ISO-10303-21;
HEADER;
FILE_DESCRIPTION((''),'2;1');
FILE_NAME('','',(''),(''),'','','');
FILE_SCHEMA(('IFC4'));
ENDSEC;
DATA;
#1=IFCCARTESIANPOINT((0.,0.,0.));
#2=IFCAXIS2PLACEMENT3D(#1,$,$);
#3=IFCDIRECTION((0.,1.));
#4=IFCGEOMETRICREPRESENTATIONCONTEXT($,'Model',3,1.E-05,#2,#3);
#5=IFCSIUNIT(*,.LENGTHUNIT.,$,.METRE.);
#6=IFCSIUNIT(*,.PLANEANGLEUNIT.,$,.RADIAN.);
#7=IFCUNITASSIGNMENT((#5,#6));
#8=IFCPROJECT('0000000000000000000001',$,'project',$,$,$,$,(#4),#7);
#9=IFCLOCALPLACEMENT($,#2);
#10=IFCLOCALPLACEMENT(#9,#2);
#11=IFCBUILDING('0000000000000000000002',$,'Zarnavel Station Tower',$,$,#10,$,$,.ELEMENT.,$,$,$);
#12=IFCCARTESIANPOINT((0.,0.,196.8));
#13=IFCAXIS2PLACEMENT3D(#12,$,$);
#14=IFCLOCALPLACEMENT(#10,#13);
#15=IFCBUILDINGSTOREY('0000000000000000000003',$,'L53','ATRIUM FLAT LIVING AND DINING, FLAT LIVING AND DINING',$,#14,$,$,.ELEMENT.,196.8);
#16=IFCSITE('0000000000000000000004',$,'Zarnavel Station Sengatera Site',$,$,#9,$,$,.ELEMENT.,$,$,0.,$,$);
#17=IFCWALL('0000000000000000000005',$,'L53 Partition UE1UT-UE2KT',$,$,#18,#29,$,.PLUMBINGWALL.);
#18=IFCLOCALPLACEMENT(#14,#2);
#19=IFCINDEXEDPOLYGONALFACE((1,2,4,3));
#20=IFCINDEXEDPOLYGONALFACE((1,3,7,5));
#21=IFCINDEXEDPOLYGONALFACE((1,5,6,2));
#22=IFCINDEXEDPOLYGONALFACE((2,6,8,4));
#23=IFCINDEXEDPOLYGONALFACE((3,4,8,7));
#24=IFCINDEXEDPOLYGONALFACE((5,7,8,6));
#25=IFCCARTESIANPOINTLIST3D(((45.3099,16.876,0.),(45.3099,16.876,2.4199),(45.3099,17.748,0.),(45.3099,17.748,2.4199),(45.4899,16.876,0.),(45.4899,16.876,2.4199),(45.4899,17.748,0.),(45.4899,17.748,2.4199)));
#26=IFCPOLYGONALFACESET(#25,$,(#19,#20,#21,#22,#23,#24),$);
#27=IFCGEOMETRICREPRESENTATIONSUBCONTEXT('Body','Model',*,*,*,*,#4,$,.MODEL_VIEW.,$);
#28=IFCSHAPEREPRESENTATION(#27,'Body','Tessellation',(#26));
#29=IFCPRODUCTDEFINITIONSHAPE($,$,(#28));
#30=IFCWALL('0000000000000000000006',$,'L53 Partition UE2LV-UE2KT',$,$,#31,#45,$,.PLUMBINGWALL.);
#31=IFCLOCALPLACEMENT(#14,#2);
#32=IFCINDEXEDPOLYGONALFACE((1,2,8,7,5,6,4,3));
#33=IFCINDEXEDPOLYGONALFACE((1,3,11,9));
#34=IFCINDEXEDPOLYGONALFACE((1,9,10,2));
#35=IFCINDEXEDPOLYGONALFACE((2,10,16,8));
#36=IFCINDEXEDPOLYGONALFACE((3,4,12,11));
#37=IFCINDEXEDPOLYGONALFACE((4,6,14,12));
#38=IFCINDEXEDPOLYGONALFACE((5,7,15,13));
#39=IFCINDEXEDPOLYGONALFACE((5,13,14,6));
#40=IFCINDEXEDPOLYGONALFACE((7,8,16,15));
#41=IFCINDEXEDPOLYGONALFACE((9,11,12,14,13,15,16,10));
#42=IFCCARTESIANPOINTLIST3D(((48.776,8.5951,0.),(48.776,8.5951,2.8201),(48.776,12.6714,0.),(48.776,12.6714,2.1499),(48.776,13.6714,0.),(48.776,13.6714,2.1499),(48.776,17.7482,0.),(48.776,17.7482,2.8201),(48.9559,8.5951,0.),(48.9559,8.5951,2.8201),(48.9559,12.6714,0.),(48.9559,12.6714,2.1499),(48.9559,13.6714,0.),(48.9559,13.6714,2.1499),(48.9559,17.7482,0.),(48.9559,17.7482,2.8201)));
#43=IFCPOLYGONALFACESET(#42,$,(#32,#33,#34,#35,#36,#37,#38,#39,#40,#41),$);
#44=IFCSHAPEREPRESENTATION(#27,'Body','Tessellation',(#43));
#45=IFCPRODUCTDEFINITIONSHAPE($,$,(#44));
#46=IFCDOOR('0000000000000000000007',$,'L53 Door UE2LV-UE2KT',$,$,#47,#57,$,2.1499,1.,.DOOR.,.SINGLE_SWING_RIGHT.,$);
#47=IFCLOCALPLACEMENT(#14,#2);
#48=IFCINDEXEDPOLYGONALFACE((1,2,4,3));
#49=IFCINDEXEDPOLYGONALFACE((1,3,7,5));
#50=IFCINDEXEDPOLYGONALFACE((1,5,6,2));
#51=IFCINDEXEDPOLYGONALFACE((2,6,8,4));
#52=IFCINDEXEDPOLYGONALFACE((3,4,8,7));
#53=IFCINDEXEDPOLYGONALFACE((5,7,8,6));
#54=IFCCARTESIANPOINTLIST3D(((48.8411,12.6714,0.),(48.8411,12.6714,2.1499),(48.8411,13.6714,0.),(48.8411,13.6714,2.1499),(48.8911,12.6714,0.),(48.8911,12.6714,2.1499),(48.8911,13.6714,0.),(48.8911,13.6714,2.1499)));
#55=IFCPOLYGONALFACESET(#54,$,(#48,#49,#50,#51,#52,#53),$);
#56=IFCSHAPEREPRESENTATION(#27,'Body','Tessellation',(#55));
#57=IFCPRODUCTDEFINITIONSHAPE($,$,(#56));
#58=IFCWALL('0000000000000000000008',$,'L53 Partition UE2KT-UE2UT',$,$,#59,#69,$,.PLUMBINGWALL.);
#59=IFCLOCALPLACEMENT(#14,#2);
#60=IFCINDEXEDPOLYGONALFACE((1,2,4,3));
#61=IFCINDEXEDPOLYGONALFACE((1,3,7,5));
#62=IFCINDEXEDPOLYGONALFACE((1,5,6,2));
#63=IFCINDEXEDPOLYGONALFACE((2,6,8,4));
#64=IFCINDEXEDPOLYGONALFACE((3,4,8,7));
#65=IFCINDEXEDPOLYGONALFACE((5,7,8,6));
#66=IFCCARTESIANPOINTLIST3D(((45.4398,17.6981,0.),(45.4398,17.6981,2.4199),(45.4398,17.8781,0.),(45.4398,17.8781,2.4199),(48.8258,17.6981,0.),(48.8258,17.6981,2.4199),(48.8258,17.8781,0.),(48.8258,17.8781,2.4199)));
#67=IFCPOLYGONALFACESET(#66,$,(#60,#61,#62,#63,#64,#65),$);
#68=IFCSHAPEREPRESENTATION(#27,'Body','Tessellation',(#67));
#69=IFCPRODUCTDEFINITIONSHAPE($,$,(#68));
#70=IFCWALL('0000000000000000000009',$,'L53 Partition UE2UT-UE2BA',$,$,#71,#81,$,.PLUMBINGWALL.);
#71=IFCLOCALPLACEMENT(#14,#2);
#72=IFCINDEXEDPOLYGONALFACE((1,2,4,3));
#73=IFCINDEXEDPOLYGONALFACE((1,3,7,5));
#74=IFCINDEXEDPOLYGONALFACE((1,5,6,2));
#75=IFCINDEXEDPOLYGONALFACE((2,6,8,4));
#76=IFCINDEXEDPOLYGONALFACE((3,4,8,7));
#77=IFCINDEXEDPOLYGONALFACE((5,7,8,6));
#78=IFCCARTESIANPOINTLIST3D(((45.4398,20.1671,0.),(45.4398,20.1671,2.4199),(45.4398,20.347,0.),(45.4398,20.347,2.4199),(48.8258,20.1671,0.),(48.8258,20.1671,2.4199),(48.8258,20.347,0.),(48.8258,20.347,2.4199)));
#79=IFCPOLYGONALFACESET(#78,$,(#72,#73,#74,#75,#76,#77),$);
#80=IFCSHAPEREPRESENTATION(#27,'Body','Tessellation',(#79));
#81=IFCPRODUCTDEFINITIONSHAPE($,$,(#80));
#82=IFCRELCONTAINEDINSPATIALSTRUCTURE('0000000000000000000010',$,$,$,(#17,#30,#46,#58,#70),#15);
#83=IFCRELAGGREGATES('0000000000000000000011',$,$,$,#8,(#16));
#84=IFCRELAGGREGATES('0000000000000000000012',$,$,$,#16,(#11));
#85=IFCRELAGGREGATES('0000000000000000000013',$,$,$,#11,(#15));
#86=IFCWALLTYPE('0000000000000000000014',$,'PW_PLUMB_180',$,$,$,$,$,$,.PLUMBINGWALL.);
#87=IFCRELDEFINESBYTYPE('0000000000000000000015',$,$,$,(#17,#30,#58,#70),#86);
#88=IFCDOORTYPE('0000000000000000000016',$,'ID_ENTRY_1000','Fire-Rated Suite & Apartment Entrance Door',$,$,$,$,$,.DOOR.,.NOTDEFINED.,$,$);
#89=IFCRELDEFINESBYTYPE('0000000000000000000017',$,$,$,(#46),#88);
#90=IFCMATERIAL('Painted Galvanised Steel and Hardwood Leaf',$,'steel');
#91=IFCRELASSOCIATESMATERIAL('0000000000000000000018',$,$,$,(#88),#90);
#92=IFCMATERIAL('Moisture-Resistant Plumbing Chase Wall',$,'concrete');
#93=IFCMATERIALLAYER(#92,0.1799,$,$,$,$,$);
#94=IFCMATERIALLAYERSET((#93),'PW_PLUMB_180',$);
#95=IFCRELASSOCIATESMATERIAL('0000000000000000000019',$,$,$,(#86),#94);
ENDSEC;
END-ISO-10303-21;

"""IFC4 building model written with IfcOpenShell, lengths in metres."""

from ifc_helpers import new_model, si_unit, direction, frame, frame_2d, origin, place, context, subcontext, project, spatial, rectangle, extrude, material, layer, layer_set, type_object, element, fill, save


model = new_model("IFC4")

# Units and contexts
model_context = context("Model", 3, precision=1e-05, world=origin(), true_north=direction((0.0, 1.0)))
body_context = subcontext(model_context, "Body", "Model", "MODEL_VIEW")
ifc_project = project(units=[si_unit("LENGTHUNIT", "METRE"), si_unit("PLANEANGLEUNIT", "RADIAN")], contexts=[model_context])

# Site, building, storey
site_placement = place(None, origin())
site = spatial("IfcSite", under=ifc_project, at=site_placement, Name="Zarnavel Station Sengatera Site", CompositionType="ELEMENT", RefElevation=0.0)
building_placement = place(site_placement, origin())
building = spatial("IfcBuilding", under=site, at=building_placement, Name="Zarnavel Station Tower", CompositionType="ELEMENT")
storey_placement = place(building_placement, frame((0.0, 0.0, 196.8)))
storey = spatial("IfcBuildingStorey", under=building, at=storey_placement, Name="L53", Description="ATRIUM FLAT LIVING AND DINING, FLAT LIVING AND DINING", CompositionType="ELEMENT", Elevation=196.8)

# Shared definitions
ifc_material_1 = material(Name="Painted Galvanised Steel and Hardwood Leaf", Category="steel")
door_type_1 = type_object("IfcDoorType", Name="ID_ENTRY_1000", Description="Fire-Rated Suite & Apartment Entrance Door", OperationType="NOTDEFINED", PredefinedType="DOOR", material=ifc_material_1)

# Wall
ifc_material_2 = material(Name="Moisture-Resistant Plumbing Chase Wall", Category="concrete")
ifc_layer_1 = layer(ifc_material_2, 0.1799)
ifc_layer_set_1 = layer_set([ifc_layer_1], Name="PW_PLUMB_180")
wall_type_1 = type_object("IfcWallType", Name="PW_PLUMB_180", PredefinedType="PLUMBINGWALL", material=ifc_layer_set_1)
wall_1_placement = place(storey_placement, frame((45.3999, 16.876, 0.0), z_axis=(0.0, 0.0, 1.0), x_axis=(0.0, 1.0, 0.0)))
element("IfcWall", 1, at=wall_1_placement, inside=storey, type_object=wall_type_1, Name="L53 Partition UE1UT-UE2KT", PredefinedType="PLUMBINGWALL", context=body_context, shape_type="SweptSolid", body=[
    extrude(rectangle(XDim=0.8721, YDim=0.1799, at=frame_2d((0.436, 0.0))), origin(), (0.0, 0.0, 1.0), 2.4199),
])

# Wall, opening, door
wall_2_placement = place(storey_placement, frame((48.866, 8.595, 0.0), z_axis=(0.0, 0.0, 1.0), x_axis=(0.0, 1.0, 0.0)))
wall_2 = element("IfcWall", 2, at=wall_2_placement, inside=storey, type_object=wall_type_1, Name="L53 Partition UE2LV-UE2KT", PredefinedType="PLUMBINGWALL", context=body_context, shape_type="SweptSolid", body=[
    extrude(rectangle(XDim=9.1531, YDim=0.1799, at=frame_2d((4.5767, 0.0))), origin(), (0.0, 0.0, 1.0), 2.8201),
])
opening_1_placement = place(wall_2_placement, frame((4.0764, 0.0, 0.0)))
opening_1 = element("IfcOpeningElement", 3, at=opening_1_placement, cuts=wall_2, PredefinedType="OPENING", context=body_context, shape_type="SweptSolid", body=[
    extrude(rectangle(XDim=1.0, YDim=2.1499, at=frame_2d((0.5, 1.075))), frame((0.0, 0.0999, 0.0), z_axis=(0.0, -1.0, 0.0), x_axis=(1.0, 0.0, 0.0)), (0.0, 0.0, 1.0), 0.2),
])
door_1_placement = place(opening_1_placement, origin())
door_1 = element("IfcDoor", 4, at=door_1_placement, inside=storey, type_object=door_type_1, Name="L53 Door UE2LV-UE2KT", OperationType="SINGLE_SWING_RIGHT", OverallHeight=2.1499, OverallWidth=1.0, PredefinedType="DOOR", context=body_context, shape_type="SweptSolid", body=[
    extrude(rectangle(XDim=1.0, YDim=2.1499, at=frame_2d((0.5, 1.075))), frame((0.0, 0.0249, 0.0), z_axis=(0.0, -1.0, 0.0), x_axis=(1.0, 0.0, 0.0)), (0.0, 0.0, 1.0), 0.05),
])
fill(opening_1, door_1)

# Walls
for number, where, z_axis, x_axis, name in (
    (5, (45.4399, 17.7881, 0.0), (0.0, 0.0, 1.0), (1.0, 0.0, 0.0), "L53 Partition UE2KT-UE2UT"),
    (6, (45.4399, 20.2571, 0.0), (0.0, 0.0, 1.0), (1.0, 0.0, 0.0), "L53 Partition UE2UT-UE2BA"),
):
    element("IfcWall", number, at=place(storey_placement, frame(where, z_axis=z_axis, x_axis=x_axis)), inside=storey, type_object=wall_type_1, Name=name, PredefinedType="PLUMBINGWALL", context=body_context, shape_type="SweptSolid", body=[
        extrude(rectangle(XDim=3.386, YDim=0.1799, at=frame_2d((1.6929, 0.0))), origin(), (0.0, 0.0, 1.0), 2.4199),
    ])

save(model, "model.ifc")
